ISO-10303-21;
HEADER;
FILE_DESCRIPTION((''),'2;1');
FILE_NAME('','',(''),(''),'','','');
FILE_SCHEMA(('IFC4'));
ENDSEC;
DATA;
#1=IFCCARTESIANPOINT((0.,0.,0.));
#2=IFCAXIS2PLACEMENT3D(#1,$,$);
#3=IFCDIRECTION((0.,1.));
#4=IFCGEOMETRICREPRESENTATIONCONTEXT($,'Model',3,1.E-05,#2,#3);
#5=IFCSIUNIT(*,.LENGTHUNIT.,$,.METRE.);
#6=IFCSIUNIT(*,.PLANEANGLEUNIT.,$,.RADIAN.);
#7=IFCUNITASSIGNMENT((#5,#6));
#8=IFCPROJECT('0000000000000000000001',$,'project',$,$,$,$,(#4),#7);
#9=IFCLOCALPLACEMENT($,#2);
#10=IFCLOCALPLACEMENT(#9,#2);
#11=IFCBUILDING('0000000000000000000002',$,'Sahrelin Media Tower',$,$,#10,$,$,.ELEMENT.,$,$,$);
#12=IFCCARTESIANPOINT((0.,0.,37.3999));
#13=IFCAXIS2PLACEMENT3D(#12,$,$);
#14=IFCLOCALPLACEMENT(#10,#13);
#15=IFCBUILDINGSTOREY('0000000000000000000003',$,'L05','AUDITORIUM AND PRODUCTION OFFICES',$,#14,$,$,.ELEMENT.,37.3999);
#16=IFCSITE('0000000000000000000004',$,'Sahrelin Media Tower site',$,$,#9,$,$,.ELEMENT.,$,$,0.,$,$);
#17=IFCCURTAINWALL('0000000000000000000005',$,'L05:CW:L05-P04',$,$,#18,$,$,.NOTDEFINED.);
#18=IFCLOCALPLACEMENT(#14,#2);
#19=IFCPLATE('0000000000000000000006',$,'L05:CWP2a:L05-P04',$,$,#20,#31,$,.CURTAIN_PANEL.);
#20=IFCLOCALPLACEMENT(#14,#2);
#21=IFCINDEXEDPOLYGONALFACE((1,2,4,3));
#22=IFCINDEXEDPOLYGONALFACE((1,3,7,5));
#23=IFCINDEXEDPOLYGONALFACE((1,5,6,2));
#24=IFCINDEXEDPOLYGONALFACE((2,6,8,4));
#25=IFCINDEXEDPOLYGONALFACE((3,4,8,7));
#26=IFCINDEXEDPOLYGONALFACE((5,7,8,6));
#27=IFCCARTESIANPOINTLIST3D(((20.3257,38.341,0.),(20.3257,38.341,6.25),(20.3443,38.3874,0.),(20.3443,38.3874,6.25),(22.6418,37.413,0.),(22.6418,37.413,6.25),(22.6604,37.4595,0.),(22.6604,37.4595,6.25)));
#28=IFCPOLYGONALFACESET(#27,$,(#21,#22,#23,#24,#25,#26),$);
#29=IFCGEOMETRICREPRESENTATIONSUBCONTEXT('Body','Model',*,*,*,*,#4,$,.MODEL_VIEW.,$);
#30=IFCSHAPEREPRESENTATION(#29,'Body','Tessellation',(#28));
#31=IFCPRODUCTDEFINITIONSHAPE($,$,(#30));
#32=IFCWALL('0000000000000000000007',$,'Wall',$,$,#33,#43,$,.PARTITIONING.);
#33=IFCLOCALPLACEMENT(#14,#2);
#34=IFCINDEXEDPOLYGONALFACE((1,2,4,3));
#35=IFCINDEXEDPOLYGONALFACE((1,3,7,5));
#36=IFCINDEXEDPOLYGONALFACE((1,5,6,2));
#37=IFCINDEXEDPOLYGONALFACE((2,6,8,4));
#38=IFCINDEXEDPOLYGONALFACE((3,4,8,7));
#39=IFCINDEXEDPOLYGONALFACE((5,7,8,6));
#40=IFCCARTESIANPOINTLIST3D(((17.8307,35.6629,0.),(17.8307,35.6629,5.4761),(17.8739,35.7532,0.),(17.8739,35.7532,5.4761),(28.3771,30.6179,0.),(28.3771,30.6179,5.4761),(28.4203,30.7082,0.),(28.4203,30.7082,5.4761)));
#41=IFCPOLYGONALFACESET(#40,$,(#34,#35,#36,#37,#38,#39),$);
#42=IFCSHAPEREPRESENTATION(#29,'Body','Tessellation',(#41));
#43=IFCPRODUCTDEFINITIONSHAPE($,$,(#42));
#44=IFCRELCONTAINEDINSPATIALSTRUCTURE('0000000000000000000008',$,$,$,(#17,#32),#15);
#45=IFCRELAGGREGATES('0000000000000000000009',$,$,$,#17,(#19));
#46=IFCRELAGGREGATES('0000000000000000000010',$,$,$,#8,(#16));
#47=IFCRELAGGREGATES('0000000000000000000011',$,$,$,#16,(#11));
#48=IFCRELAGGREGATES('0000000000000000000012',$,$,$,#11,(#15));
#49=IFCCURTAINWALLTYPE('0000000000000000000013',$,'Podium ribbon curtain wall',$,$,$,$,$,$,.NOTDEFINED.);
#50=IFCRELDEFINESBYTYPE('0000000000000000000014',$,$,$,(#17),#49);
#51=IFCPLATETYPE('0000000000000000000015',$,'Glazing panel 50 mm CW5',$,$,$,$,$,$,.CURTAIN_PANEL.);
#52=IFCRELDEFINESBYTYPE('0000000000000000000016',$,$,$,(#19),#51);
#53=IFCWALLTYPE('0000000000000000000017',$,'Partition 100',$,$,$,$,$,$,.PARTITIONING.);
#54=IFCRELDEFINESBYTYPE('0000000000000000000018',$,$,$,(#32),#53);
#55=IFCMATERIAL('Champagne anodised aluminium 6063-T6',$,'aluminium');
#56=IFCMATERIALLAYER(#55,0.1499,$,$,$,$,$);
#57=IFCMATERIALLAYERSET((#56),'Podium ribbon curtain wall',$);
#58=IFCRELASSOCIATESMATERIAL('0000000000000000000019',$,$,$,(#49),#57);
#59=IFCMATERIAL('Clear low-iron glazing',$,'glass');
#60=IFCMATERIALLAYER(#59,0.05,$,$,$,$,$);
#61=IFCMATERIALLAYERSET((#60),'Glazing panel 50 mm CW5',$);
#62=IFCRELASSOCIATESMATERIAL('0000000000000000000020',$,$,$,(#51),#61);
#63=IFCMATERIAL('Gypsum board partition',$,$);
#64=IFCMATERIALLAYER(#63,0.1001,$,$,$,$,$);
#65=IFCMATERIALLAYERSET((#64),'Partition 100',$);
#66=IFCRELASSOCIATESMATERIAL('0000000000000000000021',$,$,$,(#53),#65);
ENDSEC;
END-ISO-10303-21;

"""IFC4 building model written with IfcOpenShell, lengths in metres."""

from ifc_helpers import new_model, si_unit, direction, frame, frame_2d, origin, place, context, subcontext, project, spatial, polyline, rectangle, outline, extrude, material, layer, layer_set, type_object, element, aggregate, save


model = new_model("IFC4")

# Units and contexts
model_context = context("Model", 3, precision=1e-05, world=origin(), true_north=direction((0.0, 1.0)))
body_context = subcontext(model_context, "Body", "Model", "MODEL_VIEW")
ifc_project = project(units=[si_unit("LENGTHUNIT", "METRE"), si_unit("PLANEANGLEUNIT", "RADIAN")], contexts=[model_context])

# Site, building, storey
site_placement = place(None, origin())
site = spatial("IfcSite", under=ifc_project, at=site_placement, Name="Sahrelin Media Tower site", CompositionType="ELEMENT", RefElevation=0.0)
building_placement = place(site_placement, origin())
building = spatial("IfcBuilding", under=site, at=building_placement, Name="Sahrelin Media Tower", CompositionType="ELEMENT")
storey_placement = place(building_placement, frame((0.0, 0.0, 37.3999)))
storey = spatial("IfcBuildingStorey", under=building, at=storey_placement, Name="L05", Description="AUDITORIUM AND PRODUCTION OFFICES", CompositionType="ELEMENT", Elevation=37.3999)

# Curtain wall
ifc_material_1 = material(Name="Champagne anodised aluminium 6063-T6", Category="aluminium")
ifc_layer_1 = layer(ifc_material_1, 0.1499)
ifc_layer_set_1 = layer_set([ifc_layer_1], Name="Podium ribbon curtain wall")
curtain_wall_type = type_object("IfcCurtainWallType", Name="Podium ribbon curtain wall", PredefinedType="NOTDEFINED", material=ifc_layer_set_1)
curtain_wall_1_placement = place(storey_placement, frame((25.0, 36.373, 0.0), z_axis=(0.0, 0.0, 1.0), x_axis=(1.0, 0.0, 0.0)))
curtain_wall_1 = element("IfcCurtainWall", 1, at=curtain_wall_1_placement, inside=storey, type_object=curtain_wall_type, Name="L05:CW:L05-P04", PredefinedType="NOTDEFINED")

# Plate
ifc_material_2 = material(Name="Clear low-iron glazing", Category="glass")
ifc_layer_2 = layer(ifc_material_2, 0.05)
ifc_layer_set_2 = layer_set([ifc_layer_2], Name="Glazing panel 50 mm CW5")
plate_type = type_object("IfcPlateType", Name="Glazing panel 50 mm CW5", PredefinedType="CURTAIN_PANEL", material=ifc_layer_set_2)
plate_1_placement = place(storey_placement, frame((22.6604, 37.4595, 0.0), z_axis=(0.371914, 0.928267, 0.0), x_axis=(-0.928267, 0.371914, 0.0)))
plate_1 = element("IfcPlate", 2, at=plate_1_placement, type_object=plate_type, Name="L05:CWP2a:L05-P04", PredefinedType="CURTAIN_PANEL", context=body_context, shape_type="SweptSolid", body=[
    extrude(outline(polyline([(0.0, 0.0), (2.4951, 0.0), (2.4951, 6.25), (0.0, 6.25), (0.0, 0.0)])), origin(), (0.0, 0.0, -1.0), 0.05),
])
aggregate(curtain_wall_1, [plate_1])

# Wall
ifc_material_3 = material(Name="Gypsum board partition")
ifc_layer_3 = layer(ifc_material_3, 0.1001)
ifc_layer_set_3 = layer_set([ifc_layer_3], Name="Partition 100")
wall_type = type_object("IfcWallType", Name="Partition 100", PredefinedType="PARTITIONING", material=ifc_layer_set_3)
wall_placement = place(storey_placement, frame((28.3987, 30.6631, 0.0), z_axis=(0.0, 0.0, 1.0), x_axis=(-0.902101, 0.431525, 0.0)))
element("IfcWall", 3, at=wall_placement, inside=storey, type_object=wall_type, Name="Wall", PredefinedType="PARTITIONING", context=body_context, shape_type="SweptSolid", body=[
    extrude(rectangle(XDim=11.6909, YDim=0.1001, at=frame_2d((5.8455, 0.0))), origin(), (0.0, 0.0, 1.0), 5.4761),
])

save(model, "model.ifc")
